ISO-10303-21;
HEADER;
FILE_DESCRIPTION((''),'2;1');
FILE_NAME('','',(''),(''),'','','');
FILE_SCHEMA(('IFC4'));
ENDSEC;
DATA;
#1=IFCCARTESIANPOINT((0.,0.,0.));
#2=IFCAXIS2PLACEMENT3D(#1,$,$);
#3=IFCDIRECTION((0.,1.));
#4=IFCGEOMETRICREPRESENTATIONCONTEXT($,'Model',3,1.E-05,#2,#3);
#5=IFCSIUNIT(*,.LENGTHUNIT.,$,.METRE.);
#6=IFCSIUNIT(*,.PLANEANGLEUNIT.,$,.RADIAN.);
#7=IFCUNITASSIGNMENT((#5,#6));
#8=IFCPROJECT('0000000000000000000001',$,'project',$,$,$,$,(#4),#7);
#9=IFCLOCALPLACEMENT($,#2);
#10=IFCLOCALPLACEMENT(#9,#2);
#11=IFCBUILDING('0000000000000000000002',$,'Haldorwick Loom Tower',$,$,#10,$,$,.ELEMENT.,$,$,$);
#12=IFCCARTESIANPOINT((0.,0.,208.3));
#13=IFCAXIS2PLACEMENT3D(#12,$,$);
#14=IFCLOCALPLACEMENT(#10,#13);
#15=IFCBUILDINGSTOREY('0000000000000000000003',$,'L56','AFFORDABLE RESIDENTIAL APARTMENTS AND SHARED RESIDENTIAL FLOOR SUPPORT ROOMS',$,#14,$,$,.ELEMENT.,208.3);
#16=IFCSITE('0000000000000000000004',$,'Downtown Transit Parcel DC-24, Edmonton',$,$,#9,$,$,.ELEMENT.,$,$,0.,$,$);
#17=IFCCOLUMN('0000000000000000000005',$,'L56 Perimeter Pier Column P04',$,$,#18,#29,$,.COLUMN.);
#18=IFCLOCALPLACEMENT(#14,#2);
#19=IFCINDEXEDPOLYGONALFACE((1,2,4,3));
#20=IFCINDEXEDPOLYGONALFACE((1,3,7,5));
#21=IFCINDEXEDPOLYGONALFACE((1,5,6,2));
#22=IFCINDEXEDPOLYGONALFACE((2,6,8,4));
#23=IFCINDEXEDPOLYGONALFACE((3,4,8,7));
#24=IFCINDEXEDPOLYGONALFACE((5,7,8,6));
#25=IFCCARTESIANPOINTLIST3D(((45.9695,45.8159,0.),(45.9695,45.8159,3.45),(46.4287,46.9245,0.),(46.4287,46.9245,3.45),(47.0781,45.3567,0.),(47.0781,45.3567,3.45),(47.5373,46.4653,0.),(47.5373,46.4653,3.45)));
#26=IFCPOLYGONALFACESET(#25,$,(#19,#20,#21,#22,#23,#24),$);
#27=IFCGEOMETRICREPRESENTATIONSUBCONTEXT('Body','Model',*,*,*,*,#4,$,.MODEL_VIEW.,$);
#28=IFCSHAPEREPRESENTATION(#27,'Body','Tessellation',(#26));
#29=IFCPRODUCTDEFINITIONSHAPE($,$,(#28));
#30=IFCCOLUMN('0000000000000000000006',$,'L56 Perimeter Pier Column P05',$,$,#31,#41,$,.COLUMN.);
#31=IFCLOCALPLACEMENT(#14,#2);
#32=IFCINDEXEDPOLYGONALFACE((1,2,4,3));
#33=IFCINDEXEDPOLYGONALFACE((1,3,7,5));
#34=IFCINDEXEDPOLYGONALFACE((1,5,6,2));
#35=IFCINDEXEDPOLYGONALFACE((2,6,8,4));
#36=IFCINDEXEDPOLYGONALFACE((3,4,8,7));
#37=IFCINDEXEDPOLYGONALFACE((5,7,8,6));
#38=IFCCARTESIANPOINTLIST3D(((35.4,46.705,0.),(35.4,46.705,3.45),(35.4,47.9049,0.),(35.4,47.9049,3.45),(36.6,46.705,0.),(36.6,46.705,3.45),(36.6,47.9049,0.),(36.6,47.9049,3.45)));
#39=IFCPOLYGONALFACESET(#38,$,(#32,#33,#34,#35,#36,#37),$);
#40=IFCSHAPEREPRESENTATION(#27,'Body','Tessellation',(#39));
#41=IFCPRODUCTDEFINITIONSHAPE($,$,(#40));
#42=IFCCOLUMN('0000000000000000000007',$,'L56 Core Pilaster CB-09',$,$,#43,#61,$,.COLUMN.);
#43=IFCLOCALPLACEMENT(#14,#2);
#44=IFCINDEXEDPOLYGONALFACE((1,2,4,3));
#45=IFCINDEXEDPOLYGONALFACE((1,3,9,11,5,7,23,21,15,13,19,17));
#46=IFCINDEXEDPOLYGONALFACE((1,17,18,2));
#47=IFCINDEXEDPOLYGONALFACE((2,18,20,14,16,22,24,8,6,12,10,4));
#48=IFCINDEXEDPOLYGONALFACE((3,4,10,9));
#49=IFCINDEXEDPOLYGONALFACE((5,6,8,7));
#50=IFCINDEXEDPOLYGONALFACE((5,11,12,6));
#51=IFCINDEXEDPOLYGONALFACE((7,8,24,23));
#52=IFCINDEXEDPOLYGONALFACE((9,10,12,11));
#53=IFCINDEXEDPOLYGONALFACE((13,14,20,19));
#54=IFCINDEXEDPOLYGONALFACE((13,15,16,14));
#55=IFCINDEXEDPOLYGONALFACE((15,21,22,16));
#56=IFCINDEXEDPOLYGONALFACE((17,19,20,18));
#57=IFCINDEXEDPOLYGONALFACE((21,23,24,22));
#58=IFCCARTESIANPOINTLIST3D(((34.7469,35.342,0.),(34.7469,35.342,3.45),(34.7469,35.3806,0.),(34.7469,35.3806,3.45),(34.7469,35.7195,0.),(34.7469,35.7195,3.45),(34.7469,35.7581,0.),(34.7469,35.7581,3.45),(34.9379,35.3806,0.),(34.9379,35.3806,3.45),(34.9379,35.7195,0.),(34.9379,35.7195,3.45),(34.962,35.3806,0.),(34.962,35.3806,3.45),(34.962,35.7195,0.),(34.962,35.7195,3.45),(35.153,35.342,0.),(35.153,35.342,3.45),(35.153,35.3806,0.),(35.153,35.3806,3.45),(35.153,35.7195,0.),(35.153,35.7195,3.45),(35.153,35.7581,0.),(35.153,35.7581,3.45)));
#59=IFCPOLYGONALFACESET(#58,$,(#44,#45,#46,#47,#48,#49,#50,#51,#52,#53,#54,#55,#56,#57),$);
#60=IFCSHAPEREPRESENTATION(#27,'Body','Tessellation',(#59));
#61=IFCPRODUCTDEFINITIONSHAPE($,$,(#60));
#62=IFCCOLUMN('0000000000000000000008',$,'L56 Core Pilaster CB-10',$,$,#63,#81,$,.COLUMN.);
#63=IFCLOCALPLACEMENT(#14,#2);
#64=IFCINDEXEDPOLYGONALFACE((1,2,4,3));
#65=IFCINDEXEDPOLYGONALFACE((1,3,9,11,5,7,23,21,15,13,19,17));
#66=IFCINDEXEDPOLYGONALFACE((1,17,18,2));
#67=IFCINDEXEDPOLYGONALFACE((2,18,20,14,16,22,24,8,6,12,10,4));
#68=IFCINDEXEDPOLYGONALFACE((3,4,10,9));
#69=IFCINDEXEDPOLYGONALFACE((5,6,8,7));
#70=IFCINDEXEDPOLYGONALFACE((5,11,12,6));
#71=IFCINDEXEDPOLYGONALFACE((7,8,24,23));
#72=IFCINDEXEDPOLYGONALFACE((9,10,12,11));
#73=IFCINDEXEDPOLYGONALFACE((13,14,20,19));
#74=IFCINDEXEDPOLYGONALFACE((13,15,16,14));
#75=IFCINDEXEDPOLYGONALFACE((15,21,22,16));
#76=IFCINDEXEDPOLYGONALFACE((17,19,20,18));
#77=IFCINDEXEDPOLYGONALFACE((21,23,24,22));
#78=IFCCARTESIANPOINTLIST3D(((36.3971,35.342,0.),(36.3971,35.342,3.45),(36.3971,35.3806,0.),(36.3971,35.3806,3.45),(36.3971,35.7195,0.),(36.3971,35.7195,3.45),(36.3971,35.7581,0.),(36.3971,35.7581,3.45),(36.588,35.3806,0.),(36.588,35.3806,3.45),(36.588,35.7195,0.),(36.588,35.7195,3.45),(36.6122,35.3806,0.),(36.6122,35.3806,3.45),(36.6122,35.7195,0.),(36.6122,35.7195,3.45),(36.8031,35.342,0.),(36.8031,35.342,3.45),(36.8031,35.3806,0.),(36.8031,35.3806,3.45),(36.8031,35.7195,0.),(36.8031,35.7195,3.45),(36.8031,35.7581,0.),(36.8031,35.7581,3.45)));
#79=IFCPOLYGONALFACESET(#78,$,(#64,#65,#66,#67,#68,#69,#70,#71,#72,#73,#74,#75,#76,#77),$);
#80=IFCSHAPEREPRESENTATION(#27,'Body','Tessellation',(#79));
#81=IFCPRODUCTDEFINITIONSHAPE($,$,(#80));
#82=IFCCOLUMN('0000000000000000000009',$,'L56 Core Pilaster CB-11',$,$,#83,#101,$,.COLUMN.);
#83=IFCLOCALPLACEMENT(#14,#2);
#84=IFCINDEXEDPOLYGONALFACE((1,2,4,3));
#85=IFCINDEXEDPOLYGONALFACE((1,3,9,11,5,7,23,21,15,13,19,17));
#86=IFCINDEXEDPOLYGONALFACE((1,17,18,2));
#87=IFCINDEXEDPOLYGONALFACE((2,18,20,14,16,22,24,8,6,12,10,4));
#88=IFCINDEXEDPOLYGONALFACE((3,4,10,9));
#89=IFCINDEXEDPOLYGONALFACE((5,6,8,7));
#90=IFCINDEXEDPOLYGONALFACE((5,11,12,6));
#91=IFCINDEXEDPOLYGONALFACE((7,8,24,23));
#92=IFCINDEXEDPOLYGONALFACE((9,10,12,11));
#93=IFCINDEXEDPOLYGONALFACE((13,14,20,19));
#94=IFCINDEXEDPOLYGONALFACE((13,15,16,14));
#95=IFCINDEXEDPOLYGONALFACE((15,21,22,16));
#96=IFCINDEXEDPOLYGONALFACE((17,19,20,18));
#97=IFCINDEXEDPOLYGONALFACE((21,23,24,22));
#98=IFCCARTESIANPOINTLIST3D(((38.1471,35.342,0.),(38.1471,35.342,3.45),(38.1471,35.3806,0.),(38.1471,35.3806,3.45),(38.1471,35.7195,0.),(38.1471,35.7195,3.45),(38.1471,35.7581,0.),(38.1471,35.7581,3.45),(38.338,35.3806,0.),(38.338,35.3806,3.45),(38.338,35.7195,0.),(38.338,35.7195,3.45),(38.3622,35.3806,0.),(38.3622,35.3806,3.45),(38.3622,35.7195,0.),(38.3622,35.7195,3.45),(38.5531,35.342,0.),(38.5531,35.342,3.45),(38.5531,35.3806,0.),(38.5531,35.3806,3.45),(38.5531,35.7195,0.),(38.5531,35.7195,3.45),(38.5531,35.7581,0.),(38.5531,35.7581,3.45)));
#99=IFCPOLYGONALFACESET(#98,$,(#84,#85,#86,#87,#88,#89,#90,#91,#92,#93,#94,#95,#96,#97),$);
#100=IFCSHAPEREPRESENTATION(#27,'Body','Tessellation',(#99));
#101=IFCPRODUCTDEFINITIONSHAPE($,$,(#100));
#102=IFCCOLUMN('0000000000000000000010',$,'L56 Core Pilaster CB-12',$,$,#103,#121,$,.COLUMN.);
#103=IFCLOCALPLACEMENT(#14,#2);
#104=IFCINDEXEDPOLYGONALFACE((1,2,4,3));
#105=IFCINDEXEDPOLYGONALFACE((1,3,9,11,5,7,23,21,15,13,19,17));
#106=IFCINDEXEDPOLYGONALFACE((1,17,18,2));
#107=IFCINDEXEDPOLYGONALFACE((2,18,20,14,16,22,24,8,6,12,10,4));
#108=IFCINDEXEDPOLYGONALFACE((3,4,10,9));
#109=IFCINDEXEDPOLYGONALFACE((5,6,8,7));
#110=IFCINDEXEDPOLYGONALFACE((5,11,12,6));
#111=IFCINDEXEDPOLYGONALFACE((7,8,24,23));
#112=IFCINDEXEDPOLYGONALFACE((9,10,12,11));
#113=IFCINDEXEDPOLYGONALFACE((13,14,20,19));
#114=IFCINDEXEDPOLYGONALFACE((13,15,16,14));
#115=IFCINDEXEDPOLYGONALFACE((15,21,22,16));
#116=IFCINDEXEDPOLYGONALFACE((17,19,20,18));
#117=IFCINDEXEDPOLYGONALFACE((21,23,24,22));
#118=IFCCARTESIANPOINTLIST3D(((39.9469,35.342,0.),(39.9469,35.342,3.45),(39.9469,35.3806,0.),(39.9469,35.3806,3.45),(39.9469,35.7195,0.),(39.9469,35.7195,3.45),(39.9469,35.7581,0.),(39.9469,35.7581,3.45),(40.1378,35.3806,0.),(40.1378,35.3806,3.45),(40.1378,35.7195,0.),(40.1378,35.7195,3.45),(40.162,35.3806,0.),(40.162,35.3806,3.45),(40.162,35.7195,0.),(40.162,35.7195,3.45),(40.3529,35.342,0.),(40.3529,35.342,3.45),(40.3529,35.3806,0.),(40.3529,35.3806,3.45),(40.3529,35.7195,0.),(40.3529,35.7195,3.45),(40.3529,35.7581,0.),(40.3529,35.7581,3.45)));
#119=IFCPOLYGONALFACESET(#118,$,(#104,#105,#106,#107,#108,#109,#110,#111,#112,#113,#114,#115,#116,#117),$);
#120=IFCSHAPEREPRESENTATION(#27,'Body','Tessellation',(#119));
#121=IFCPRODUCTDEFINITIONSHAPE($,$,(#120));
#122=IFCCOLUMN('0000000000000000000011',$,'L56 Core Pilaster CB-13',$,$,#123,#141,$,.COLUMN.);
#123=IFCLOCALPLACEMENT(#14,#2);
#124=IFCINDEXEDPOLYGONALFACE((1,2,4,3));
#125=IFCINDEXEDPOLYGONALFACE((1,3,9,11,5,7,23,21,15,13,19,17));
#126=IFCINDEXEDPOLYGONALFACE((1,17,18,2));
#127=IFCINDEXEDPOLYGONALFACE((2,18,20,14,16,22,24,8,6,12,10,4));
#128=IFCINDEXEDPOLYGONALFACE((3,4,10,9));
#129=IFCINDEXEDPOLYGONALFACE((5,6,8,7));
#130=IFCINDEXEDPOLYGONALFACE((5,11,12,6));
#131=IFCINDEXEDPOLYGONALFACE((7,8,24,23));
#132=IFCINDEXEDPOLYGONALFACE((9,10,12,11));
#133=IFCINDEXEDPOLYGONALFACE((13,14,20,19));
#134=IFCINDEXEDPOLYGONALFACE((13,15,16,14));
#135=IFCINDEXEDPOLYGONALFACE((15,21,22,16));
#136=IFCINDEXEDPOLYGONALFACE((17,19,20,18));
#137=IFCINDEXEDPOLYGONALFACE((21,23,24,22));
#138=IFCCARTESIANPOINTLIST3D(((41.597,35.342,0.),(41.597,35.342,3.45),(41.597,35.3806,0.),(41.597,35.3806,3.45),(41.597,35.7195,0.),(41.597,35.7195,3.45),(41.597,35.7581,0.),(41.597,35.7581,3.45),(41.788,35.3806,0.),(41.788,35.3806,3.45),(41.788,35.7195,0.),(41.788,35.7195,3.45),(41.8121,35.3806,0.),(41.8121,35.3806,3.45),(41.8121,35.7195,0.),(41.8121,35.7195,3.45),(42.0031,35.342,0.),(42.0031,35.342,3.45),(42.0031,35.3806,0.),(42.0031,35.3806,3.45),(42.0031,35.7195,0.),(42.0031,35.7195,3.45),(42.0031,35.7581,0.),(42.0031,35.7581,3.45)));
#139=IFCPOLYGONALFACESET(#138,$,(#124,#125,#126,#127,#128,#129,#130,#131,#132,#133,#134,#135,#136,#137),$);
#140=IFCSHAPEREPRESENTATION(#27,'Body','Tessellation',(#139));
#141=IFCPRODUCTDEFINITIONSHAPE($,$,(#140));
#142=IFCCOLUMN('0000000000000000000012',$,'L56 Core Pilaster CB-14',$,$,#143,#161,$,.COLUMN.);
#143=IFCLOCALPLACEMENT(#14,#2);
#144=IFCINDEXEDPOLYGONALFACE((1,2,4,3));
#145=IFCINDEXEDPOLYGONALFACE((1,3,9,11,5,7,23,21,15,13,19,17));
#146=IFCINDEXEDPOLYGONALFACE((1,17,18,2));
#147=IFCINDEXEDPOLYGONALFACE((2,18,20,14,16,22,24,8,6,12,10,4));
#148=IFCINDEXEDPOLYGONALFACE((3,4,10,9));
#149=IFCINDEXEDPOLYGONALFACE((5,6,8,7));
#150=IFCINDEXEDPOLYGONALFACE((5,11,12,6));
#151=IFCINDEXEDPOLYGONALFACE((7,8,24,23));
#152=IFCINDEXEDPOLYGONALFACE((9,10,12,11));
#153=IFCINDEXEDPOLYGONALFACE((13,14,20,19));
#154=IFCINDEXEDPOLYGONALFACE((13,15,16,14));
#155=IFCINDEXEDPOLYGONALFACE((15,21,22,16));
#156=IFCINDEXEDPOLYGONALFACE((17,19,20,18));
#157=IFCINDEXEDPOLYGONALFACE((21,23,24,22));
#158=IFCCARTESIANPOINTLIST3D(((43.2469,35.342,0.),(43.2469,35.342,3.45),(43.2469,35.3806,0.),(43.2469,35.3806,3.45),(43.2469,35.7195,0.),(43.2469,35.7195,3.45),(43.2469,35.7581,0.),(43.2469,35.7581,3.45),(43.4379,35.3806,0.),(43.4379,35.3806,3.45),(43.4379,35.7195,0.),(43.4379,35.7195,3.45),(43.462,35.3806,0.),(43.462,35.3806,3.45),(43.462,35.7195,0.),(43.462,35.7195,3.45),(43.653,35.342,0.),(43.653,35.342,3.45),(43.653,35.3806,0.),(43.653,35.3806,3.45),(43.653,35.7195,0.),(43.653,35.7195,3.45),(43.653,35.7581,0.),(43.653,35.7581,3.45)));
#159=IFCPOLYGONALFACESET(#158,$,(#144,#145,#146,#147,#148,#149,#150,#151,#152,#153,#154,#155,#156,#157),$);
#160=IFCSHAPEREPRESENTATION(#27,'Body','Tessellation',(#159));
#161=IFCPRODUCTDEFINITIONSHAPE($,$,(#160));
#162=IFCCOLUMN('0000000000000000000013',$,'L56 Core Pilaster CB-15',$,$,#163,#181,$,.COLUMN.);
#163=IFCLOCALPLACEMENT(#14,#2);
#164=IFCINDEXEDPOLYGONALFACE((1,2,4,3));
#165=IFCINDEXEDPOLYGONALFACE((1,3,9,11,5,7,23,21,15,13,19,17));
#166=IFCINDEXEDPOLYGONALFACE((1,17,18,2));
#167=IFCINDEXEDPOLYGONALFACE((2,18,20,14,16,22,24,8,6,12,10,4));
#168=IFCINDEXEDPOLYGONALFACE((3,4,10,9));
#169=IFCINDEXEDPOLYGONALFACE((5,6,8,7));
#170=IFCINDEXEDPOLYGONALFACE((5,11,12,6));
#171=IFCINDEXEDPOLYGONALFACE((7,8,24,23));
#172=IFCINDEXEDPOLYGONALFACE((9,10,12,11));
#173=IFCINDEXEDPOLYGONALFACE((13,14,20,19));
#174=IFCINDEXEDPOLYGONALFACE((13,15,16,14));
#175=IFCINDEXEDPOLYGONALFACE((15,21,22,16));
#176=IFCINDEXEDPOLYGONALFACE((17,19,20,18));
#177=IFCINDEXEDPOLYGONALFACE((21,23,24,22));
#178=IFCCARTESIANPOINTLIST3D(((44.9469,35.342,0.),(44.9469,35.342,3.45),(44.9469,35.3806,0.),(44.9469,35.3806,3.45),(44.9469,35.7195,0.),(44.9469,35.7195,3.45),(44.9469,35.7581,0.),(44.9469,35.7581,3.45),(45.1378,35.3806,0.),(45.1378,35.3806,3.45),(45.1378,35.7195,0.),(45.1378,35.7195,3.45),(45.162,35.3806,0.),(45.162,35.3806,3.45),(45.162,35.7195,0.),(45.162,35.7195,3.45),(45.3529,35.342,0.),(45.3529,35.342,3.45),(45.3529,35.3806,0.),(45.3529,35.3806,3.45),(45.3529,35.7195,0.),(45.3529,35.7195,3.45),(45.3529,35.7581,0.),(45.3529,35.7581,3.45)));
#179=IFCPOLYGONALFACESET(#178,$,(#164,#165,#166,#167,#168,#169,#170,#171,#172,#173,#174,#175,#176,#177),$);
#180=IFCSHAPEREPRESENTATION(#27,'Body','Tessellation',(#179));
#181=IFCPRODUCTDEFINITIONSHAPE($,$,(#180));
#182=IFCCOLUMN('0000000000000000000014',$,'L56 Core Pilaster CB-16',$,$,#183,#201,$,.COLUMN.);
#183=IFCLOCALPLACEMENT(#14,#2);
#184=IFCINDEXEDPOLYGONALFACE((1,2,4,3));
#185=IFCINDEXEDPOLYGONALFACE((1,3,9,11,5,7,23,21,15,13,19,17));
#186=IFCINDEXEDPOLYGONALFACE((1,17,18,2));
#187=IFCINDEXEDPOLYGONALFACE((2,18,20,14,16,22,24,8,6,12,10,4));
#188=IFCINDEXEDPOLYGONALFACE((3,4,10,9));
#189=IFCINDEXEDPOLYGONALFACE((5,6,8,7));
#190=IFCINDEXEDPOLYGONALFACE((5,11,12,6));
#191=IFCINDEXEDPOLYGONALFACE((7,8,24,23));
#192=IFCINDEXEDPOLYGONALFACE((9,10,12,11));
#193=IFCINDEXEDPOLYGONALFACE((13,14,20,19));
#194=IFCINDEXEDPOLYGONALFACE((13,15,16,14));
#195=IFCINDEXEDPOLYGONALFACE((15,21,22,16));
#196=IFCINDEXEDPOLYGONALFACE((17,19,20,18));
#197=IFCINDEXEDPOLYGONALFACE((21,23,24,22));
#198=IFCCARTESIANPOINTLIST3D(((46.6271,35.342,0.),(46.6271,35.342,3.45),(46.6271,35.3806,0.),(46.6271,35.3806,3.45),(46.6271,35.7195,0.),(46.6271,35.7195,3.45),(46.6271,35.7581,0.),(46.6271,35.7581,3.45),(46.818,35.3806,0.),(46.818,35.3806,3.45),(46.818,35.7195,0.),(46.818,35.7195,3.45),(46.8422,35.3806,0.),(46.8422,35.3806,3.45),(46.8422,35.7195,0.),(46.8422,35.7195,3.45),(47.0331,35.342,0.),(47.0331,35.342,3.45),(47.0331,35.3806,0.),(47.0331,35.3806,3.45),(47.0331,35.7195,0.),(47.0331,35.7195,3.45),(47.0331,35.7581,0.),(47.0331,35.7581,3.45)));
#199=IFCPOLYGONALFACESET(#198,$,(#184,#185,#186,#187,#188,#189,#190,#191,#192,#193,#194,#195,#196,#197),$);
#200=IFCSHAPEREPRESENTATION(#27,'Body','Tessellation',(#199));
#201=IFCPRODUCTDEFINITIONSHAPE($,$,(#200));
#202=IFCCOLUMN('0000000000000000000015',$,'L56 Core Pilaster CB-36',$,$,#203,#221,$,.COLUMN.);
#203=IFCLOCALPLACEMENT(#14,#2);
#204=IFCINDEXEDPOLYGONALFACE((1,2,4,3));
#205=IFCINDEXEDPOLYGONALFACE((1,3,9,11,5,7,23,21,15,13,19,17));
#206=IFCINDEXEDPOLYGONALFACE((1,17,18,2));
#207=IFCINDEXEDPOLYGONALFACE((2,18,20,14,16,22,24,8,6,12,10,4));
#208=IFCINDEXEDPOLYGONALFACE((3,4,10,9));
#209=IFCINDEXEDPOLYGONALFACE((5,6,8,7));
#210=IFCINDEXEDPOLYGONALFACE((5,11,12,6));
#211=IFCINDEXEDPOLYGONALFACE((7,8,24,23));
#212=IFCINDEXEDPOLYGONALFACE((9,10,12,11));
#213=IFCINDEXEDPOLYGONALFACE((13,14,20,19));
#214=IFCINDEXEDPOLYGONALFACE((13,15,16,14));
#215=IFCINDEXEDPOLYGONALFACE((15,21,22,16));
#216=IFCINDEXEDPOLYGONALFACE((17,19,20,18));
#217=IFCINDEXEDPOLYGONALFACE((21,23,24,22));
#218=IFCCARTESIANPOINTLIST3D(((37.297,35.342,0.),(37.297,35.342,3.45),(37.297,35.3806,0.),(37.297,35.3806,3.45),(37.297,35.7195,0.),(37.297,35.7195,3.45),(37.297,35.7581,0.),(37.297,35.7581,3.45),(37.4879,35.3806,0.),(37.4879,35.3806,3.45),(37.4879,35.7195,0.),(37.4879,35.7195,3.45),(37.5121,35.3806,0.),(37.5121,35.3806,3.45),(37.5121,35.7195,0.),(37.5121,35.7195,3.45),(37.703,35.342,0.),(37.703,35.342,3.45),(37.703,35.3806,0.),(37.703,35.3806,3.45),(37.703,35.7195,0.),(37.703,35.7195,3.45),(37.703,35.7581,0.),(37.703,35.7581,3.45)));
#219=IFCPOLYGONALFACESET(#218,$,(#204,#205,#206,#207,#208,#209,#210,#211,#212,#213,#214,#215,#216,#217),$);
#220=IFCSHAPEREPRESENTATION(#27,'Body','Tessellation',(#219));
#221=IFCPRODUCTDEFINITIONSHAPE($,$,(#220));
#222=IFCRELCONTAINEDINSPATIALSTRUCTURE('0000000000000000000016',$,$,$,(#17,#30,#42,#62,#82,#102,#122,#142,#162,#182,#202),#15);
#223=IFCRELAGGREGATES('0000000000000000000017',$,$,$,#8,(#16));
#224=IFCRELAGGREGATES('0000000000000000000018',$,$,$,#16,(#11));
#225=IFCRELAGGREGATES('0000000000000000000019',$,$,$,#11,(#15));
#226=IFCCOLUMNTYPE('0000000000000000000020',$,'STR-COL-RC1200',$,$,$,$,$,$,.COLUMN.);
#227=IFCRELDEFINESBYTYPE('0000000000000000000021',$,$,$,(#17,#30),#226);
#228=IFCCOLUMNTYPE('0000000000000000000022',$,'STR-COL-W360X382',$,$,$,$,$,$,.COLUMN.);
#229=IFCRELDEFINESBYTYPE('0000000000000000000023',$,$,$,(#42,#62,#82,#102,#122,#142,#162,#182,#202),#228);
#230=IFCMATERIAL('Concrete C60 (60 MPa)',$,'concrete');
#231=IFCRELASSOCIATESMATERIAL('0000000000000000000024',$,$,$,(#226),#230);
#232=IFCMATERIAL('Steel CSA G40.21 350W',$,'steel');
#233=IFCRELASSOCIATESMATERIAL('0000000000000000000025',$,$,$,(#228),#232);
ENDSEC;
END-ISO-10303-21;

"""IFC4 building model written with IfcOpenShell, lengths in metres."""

from ifc_helpers import new_model, si_unit, direction, frame, origin, origin_2d, place, context, subcontext, project, spatial, rectangle, i_section, extrude, material, material_profile, profile_set, type_object, element, save


model = new_model("IFC4")

# Units and contexts
model_context = context("Model", 3, precision=1e-05, world=origin(), true_north=direction((0.0, 1.0)))
body_context = subcontext(model_context, "Body", "Model", "MODEL_VIEW")
ifc_project = project(units=[si_unit("LENGTHUNIT", "METRE"), si_unit("PLANEANGLEUNIT", "RADIAN")], contexts=[model_context])

# Site, building, storey
site_placement = place(None, origin())
site = spatial("IfcSite", under=ifc_project, at=site_placement, Name="Downtown Transit Parcel DC-24, Edmonton", CompositionType="ELEMENT", RefElevation=0.0)
building_placement = place(site_placement, origin())
building = spatial("IfcBuilding", under=site, at=building_placement, Name="Haldorwick Loom Tower", CompositionType="ELEMENT")
storey_placement = place(building_placement, frame((0.0, 0.0, 208.3)))
storey = spatial("IfcBuildingStorey", under=building, at=storey_placement, Name="L56", Description="AFFORDABLE RESIDENTIAL APARTMENTS AND SHARED RESIDENTIAL FLOOR SUPPORT ROOMS", CompositionType="ELEMENT", Elevation=208.3)

# Columns
ifc_material_1 = material(Name="Concrete C60 (60 MPa)", Category="concrete")
ifc_material_profile_1 = material_profile(ifc_material_1, rectangle(XDim=1.2, YDim=1.2, at=origin_2d()), Name="RC1200X1200", Category="concrete")
ifc_profile_set_1 = profile_set([ifc_material_profile_1], Name="Concrete C60 (60 MPa)")
column_type_1 = type_object("IfcColumnType", Name="STR-COL-RC1200", PredefinedType="COLUMN", material=ifc_profile_set_1)
for number, where, z_axis, x_axis, name in (
    (1, (46.7534, 46.1406, 0.0), (0.0, 0.0, 1.0), (0.382683, 0.92388, 0.0), "L56 Perimeter Pier Column P04"),
    (2, (36.0, 47.3049, 0.0), (0.0, 0.0, 1.0), (0.0, 1.0, 0.0), "L56 Perimeter Pier Column P05"),
):
    element("IfcColumn", number, at=place(storey_placement, frame(where, z_axis=z_axis, x_axis=x_axis)), inside=storey, type_object=column_type_1, Name=name, PredefinedType="COLUMN", context=body_context, shape_type="SweptSolid", body=[
        extrude(rectangle(XDim=1.2, YDim=1.2, at=origin_2d()), origin(), (0.0, 0.0, 1.0), 3.45),
    ])
ifc_material_2 = material(Name="Steel CSA G40.21 350W", Category="steel")
ifc_material_profile_2 = material_profile(ifc_material_2, i_section(OverallWidth=0.406, OverallDepth=0.416, WebThickness=0.0242, FlangeThickness=0.0386, at=origin_2d()), Name="W360X382", Category="steel")
ifc_profile_set_2 = profile_set([ifc_material_profile_2], Name="Steel CSA G40.21 350W")
column_type_2 = type_object("IfcColumnType", Name="STR-COL-W360X382", PredefinedType="COLUMN", material=ifc_profile_set_2)
for number, where, z_axis, x_axis, name in (
    (3, (34.95, 35.55, 0.0), (0.0, 0.0, 1.0), (1.0, 0.0, 0.0), "L56 Core Pilaster CB-09"),
    (4, (36.6001, 35.55, 0.0), (0.0, 0.0, 1.0), (1.0, 0.0, 0.0), "L56 Core Pilaster CB-10"),
    (5, (38.3501, 35.55, 0.0), (0.0, 0.0, 1.0), (1.0, 0.0, 0.0), "L56 Core Pilaster CB-11"),
    (6, (40.1499, 35.55, 0.0), (0.0, 0.0, 1.0), (1.0, 0.0, 0.0), "L56 Core Pilaster CB-12"),
    (7, (41.8, 35.55, 0.0), (0.0, 0.0, 1.0), (1.0, 0.0, 0.0), "L56 Core Pilaster CB-13"),
    (8, (43.45, 35.55, 0.0), (0.0, 0.0, 1.0), (1.0, 0.0, 0.0), "L56 Core Pilaster CB-14"),
    (9, (45.1499, 35.55, 0.0), (0.0, 0.0, 1.0), (1.0, 0.0, 0.0), "L56 Core Pilaster CB-15"),
    (10, (46.8301, 35.55, 0.0), (0.0, 0.0, 1.0), (1.0, 0.0, 0.0), "L56 Core Pilaster CB-16"),
    (11, (37.5, 35.55, 0.0), (0.0, 0.0, 1.0), (1.0, 0.0, 0.0), "L56 Core Pilaster CB-36"),
):
    element("IfcColumn", number, at=place(storey_placement, frame(where, z_axis=z_axis, x_axis=x_axis)), inside=storey, type_object=column_type_2, Name=name, PredefinedType="COLUMN", context=body_context, shape_type="SweptSolid", body=[
        extrude(i_section(OverallWidth=0.406, OverallDepth=0.416, WebThickness=0.0242, FlangeThickness=0.0386, at=origin_2d()), origin(), (0.0, 0.0, 1.0), 3.45),
    ])

save(model, "model.ifc")
